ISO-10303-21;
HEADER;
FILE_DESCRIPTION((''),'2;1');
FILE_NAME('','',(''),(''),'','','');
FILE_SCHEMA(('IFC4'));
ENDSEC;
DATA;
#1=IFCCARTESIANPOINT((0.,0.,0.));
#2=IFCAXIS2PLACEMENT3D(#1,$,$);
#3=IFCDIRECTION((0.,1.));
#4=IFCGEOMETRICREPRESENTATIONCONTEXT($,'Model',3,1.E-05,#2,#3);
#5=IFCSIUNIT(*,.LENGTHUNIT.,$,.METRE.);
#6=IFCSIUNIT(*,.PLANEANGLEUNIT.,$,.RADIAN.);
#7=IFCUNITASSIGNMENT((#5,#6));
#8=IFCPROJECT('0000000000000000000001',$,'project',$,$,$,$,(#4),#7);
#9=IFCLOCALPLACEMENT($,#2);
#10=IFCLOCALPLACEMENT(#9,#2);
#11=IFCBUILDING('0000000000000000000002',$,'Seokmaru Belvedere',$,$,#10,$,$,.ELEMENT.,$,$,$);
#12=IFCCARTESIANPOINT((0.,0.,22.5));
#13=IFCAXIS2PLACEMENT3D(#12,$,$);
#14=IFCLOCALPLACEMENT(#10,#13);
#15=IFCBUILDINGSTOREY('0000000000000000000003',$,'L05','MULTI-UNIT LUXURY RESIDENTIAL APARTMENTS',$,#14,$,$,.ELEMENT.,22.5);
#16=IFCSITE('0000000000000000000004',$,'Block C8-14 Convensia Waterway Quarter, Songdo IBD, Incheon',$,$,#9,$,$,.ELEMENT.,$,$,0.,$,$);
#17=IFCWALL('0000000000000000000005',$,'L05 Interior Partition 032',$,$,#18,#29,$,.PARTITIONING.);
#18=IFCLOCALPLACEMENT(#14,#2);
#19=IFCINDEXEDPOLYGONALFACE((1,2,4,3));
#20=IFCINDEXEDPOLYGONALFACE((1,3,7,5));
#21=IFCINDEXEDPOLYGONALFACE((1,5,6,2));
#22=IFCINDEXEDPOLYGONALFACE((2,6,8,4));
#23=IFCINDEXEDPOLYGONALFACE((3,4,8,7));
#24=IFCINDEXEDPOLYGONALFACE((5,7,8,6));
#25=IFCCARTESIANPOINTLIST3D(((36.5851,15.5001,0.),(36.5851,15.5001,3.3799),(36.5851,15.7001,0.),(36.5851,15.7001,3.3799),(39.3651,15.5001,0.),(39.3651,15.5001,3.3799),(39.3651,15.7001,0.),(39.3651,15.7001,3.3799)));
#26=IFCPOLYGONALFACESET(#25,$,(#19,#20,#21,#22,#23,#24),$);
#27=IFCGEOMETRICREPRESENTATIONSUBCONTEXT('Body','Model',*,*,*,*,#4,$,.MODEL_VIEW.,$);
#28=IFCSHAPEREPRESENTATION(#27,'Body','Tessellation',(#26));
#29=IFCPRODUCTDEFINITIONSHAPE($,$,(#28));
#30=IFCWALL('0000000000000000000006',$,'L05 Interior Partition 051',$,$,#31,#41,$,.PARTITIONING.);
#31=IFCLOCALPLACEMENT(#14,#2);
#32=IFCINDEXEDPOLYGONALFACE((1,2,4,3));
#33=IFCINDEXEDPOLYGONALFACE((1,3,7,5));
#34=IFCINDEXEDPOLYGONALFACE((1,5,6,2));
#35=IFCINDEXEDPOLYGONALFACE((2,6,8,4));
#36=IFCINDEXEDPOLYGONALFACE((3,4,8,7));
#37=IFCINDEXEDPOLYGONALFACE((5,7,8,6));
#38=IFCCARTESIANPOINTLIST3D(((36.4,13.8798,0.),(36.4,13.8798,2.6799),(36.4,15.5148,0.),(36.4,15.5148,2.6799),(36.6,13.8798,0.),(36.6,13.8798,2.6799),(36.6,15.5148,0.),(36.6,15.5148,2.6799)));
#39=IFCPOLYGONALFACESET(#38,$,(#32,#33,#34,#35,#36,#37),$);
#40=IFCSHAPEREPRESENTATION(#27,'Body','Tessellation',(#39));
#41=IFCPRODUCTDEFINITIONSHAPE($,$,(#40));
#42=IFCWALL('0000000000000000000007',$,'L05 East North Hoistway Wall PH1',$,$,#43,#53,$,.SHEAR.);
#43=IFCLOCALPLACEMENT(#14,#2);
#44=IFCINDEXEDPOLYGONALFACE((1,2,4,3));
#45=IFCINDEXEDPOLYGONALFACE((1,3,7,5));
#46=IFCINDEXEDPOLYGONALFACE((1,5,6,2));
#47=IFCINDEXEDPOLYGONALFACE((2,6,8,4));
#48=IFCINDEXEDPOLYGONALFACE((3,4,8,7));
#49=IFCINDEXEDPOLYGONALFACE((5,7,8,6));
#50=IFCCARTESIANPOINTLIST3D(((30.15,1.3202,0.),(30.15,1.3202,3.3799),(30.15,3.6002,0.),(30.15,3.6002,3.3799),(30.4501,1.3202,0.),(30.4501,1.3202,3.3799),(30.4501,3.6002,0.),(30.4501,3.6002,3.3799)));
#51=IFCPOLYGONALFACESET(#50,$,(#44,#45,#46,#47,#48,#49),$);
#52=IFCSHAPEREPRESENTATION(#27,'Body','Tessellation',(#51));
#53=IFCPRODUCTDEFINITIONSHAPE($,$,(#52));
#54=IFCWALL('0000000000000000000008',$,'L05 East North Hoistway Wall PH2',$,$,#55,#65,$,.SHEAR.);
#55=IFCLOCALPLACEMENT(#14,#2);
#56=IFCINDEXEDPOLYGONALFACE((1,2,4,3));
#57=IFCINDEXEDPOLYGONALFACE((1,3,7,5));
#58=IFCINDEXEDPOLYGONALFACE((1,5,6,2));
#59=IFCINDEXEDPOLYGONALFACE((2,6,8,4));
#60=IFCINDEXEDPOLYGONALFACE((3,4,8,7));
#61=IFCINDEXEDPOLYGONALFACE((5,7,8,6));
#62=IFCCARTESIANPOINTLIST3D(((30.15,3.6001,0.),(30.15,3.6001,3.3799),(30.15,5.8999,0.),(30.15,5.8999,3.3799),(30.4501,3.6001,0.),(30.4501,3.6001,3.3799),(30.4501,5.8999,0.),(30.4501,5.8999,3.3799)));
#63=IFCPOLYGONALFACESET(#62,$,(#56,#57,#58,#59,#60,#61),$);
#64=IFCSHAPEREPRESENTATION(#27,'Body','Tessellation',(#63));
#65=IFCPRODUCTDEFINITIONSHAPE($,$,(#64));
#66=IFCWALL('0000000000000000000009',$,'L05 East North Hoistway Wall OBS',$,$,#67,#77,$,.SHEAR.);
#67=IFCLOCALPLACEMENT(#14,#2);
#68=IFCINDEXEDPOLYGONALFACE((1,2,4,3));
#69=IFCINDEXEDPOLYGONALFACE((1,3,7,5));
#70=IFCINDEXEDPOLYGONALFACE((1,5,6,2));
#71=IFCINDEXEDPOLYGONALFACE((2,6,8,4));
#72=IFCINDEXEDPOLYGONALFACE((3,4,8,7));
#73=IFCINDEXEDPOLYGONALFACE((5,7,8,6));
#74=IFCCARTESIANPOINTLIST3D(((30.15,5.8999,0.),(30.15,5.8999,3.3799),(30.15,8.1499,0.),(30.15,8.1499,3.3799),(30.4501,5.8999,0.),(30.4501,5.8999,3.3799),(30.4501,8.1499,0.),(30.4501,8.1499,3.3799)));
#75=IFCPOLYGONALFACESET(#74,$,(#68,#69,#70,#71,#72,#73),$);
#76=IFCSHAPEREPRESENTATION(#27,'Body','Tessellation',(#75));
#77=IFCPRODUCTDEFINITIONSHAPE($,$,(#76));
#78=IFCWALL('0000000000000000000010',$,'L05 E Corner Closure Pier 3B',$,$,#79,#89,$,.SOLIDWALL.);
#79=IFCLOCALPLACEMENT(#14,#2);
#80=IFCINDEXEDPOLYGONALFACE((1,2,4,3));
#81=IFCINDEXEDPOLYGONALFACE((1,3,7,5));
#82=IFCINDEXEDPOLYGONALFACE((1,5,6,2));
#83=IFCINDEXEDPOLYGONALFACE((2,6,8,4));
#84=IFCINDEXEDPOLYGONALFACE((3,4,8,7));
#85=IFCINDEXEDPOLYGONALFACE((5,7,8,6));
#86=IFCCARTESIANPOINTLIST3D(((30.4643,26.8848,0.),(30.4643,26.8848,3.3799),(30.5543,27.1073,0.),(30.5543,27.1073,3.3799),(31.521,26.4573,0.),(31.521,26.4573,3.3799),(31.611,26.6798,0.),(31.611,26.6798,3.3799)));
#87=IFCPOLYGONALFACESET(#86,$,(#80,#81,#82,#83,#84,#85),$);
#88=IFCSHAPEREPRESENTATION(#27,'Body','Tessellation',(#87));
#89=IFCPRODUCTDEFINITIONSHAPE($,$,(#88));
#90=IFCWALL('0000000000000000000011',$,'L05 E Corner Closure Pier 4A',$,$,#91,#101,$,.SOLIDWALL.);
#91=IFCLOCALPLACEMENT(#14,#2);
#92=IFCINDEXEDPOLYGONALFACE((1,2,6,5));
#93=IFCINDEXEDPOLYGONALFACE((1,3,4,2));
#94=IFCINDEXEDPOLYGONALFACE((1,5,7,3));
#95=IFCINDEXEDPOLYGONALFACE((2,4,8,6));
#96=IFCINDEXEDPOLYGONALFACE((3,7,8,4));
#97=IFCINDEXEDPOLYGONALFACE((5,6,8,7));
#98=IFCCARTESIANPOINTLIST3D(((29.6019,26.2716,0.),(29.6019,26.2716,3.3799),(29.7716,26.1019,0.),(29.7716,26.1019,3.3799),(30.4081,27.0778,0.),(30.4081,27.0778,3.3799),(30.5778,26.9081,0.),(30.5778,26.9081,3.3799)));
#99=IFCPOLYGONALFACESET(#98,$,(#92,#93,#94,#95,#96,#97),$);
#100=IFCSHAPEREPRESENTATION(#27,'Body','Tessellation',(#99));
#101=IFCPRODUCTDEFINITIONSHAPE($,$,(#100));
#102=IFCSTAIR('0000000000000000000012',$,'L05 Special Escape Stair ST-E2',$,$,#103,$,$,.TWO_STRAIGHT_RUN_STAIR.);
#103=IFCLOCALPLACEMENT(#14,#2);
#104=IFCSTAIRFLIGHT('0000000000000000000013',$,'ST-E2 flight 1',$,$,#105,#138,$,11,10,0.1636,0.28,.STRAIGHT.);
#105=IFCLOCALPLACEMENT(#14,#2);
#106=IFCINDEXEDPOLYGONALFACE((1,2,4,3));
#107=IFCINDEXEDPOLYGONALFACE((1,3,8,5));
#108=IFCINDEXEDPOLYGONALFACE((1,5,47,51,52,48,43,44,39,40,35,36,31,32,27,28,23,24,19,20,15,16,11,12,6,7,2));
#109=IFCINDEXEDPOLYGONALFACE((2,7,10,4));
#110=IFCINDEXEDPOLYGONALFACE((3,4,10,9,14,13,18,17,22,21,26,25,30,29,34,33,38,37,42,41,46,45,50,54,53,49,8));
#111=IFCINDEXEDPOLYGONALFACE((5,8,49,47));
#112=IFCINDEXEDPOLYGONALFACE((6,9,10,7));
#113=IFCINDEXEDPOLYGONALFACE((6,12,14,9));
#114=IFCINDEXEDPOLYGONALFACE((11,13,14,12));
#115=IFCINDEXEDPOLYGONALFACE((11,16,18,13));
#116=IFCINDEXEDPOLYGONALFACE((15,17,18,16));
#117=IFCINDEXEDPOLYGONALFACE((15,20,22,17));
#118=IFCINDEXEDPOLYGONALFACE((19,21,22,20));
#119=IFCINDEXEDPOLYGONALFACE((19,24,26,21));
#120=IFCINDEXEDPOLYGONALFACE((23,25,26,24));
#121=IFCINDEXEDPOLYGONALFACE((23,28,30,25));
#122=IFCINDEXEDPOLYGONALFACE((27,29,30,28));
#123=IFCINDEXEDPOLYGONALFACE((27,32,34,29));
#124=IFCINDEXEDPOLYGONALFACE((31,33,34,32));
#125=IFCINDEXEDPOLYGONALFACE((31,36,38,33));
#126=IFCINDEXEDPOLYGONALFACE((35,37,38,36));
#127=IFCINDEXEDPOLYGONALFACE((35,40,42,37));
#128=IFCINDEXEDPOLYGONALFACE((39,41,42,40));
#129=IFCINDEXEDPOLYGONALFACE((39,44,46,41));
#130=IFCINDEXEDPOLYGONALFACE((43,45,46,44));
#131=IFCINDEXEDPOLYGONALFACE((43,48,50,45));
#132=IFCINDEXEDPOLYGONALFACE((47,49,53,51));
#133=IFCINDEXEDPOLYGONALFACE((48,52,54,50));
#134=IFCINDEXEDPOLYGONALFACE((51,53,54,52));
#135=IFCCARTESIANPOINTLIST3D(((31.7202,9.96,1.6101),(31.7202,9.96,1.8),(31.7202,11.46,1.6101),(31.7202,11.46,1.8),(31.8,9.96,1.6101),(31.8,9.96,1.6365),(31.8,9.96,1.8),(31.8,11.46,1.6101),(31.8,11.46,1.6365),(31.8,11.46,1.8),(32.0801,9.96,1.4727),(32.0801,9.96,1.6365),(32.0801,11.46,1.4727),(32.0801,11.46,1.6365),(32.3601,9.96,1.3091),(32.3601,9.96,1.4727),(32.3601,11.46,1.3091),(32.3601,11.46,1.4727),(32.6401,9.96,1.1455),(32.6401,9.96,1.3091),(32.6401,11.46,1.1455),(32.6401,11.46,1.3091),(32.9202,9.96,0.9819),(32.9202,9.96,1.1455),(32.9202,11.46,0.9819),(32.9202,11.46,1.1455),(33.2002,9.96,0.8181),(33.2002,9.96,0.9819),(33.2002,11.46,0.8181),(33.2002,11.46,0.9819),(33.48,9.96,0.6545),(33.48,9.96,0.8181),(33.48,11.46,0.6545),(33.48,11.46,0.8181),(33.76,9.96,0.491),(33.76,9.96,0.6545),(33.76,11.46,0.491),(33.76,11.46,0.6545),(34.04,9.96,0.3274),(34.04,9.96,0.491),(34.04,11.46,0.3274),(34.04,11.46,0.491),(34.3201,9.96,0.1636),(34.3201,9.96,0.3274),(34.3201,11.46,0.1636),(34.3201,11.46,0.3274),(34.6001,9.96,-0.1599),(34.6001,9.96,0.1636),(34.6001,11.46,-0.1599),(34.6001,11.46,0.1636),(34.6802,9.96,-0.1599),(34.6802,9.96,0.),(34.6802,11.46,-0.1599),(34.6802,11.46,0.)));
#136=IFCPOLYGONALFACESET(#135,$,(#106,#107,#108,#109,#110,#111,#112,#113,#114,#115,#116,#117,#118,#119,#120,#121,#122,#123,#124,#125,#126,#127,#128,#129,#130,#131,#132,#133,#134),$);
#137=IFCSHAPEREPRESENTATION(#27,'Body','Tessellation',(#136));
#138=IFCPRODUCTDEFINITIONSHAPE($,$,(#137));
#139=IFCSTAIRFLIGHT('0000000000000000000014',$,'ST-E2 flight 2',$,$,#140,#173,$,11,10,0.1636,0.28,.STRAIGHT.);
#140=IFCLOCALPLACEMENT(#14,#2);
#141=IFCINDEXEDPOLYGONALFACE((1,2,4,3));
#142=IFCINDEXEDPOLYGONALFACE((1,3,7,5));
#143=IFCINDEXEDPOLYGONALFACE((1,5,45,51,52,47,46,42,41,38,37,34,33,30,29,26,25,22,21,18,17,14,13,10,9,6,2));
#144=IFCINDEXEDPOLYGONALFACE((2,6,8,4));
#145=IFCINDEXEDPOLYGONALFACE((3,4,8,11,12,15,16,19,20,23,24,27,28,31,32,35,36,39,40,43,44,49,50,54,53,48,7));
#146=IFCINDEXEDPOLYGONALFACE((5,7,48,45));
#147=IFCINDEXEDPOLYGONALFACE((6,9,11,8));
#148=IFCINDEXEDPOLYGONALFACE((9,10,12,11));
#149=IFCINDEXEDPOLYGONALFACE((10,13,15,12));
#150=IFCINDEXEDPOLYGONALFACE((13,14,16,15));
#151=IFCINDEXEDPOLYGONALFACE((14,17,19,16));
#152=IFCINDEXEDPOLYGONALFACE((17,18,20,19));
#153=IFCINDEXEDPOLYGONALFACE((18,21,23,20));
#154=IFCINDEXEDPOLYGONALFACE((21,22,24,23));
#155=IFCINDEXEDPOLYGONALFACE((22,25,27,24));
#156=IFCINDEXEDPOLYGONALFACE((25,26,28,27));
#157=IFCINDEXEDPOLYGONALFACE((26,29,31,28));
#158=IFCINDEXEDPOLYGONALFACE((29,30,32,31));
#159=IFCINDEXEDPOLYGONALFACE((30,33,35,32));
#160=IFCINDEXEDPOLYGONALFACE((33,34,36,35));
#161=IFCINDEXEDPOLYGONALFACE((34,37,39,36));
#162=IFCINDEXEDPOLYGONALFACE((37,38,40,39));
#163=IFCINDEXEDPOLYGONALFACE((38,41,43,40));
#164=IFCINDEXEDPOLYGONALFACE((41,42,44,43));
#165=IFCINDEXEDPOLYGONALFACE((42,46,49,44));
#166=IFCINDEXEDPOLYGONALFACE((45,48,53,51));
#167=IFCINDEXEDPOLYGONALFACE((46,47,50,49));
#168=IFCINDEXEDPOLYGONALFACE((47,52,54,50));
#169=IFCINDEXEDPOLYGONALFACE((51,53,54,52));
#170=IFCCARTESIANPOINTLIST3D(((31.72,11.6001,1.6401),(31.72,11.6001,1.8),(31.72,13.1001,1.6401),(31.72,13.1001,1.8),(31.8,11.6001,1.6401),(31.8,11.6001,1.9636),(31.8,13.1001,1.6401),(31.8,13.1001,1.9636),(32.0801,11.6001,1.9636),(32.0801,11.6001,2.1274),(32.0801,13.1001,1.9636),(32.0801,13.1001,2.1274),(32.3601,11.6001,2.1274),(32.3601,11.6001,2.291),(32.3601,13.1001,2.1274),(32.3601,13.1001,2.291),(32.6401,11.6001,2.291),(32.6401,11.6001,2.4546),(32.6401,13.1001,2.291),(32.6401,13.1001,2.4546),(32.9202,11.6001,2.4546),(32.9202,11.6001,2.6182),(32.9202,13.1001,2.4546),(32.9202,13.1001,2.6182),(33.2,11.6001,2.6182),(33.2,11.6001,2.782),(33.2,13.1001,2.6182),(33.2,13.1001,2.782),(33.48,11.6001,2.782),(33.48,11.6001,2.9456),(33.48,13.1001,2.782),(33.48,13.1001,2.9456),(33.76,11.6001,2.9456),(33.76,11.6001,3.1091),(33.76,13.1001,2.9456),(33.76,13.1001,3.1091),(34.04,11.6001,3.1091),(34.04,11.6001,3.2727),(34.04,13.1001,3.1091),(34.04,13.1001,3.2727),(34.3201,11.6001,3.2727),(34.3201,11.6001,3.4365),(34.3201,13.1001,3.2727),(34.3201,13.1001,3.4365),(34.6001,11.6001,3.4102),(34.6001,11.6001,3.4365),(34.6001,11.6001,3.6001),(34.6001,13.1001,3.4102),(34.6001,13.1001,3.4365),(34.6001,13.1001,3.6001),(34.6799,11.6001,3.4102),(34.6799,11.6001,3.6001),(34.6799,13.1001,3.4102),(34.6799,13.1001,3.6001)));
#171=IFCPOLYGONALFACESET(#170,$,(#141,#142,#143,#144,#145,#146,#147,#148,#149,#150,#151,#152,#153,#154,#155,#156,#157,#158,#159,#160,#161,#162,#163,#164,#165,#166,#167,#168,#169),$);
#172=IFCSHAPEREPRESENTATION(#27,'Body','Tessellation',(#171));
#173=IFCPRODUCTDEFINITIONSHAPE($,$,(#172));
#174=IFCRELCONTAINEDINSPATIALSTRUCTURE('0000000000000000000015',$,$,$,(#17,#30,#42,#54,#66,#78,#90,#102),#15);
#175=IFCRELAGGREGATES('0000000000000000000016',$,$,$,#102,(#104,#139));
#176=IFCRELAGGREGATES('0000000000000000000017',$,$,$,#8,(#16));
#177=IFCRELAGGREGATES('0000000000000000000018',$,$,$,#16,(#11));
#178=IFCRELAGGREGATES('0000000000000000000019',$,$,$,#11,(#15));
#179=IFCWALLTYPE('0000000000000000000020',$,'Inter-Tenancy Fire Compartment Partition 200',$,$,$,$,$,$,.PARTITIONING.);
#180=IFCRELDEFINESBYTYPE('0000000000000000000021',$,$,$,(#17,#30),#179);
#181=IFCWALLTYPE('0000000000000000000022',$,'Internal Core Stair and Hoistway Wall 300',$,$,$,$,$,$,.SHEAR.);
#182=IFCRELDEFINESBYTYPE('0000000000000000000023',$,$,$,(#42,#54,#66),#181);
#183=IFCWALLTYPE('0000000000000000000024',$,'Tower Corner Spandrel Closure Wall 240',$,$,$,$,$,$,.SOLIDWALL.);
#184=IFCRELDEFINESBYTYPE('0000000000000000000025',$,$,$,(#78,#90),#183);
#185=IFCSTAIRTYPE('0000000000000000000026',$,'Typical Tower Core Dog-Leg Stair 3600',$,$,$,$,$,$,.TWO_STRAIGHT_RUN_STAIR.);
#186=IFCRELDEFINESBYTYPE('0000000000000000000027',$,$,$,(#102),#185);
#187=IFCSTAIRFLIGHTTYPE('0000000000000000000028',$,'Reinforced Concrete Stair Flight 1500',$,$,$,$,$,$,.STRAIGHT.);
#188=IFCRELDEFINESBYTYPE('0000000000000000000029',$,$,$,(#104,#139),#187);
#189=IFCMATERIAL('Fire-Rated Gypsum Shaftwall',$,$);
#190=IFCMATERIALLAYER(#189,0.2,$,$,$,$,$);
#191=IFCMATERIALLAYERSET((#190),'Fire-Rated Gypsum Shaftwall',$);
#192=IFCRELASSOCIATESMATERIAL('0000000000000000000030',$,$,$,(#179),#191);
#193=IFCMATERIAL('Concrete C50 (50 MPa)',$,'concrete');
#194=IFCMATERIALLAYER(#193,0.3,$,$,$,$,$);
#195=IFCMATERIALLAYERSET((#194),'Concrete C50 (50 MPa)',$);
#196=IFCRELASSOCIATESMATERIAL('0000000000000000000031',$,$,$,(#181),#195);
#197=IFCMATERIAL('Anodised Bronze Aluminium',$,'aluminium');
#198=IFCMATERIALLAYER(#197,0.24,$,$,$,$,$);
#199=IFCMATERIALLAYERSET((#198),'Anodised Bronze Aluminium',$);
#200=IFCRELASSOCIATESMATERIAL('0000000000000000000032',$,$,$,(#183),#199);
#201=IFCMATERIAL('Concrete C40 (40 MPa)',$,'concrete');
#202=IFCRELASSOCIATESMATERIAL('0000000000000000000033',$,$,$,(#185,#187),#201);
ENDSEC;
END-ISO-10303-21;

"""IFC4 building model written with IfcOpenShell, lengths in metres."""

from ifc_helpers import new_model, si_unit, direction, frame, frame_2d, origin, place, context, subcontext, project, spatial, polyline, rectangle, outline, extrude, material, layer, layer_set, type_object, element, aggregate, save


model = new_model("IFC4")

# Units and contexts
model_context = context("Model", 3, precision=1e-05, world=origin(), true_north=direction((0.0, 1.0)))
body_context = subcontext(model_context, "Body", "Model", "MODEL_VIEW")
ifc_project = project(units=[si_unit("LENGTHUNIT", "METRE"), si_unit("PLANEANGLEUNIT", "RADIAN")], contexts=[model_context])

# Site, building, storey
site_placement = place(None, origin())
site = spatial("IfcSite", under=ifc_project, at=site_placement, Name="Block C8-14 Convensia Waterway Quarter, Songdo IBD, Incheon", CompositionType="ELEMENT", RefElevation=0.0)
building_placement = place(site_placement, origin())
building = spatial("IfcBuilding", under=site, at=building_placement, Name="Seokmaru Belvedere", CompositionType="ELEMENT")
storey_placement = place(building_placement, frame((0.0, 0.0, 22.5)))
storey = spatial("IfcBuildingStorey", under=building, at=storey_placement, Name="L05", Description="MULTI-UNIT LUXURY RESIDENTIAL APARTMENTS", CompositionType="ELEMENT", Elevation=22.5)

# Shared definitions
ifc_material_1 = material(Name="Anodised Bronze Aluminium", Category="aluminium")

# Shared definitions
ifc_material_2 = material(Name="Fire-Rated Gypsum Shaftwall")

# Walls
ifc_layer_1 = layer(ifc_material_2, 0.2)
ifc_layer_set_1 = layer_set([ifc_layer_1], Name="Fire-Rated Gypsum Shaftwall")
wall_type_1 = type_object("IfcWallType", Name="Inter-Tenancy Fire Compartment Partition 200", PredefinedType="PARTITIONING", material=ifc_layer_set_1)
wall_1_placement = place(storey_placement, frame((36.585, 15.6001, 0.0), z_axis=(0.0, 0.0, 1.0), x_axis=(1.0, 0.0, 0.0)))
element("IfcWall", 1, at=wall_1_placement, inside=storey, type_object=wall_type_1, Name="L05 Interior Partition 032", PredefinedType="PARTITIONING", context=body_context, shape_type="SweptSolid", body=[
    extrude(rectangle(XDim=2.78, YDim=0.2, at=frame_2d((1.3901, 0.0))), origin(), (0.0, 0.0, 1.0), 3.3799),
])
wall_2_placement = place(storey_placement, frame((36.5, 13.8799, 0.0), z_axis=(0.0, 0.0, 1.0), x_axis=(0.0, 1.0, 0.0)))
element("IfcWall", 2, at=wall_2_placement, inside=storey, type_object=wall_type_1, Name="L05 Interior Partition 051", PredefinedType="PARTITIONING", context=body_context, shape_type="SweptSolid", body=[
    extrude(rectangle(XDim=1.635, YDim=0.2, at=frame_2d((0.8174, 0.0))), origin(), (0.0, 0.0, 1.0), 2.6799),
])
ifc_material_3 = material(Name="Concrete C50 (50 MPa)", Category="concrete")
ifc_layer_2 = layer(ifc_material_3, 0.3)
ifc_layer_set_2 = layer_set([ifc_layer_2], Name="Concrete C50 (50 MPa)")
wall_type_2 = type_object("IfcWallType", Name="Internal Core Stair and Hoistway Wall 300", PredefinedType="SHEAR", material=ifc_layer_set_2)
wall_3_placement = place(storey_placement, frame((30.3, 1.3201, 0.0), z_axis=(0.0, 0.0, 1.0), x_axis=(0.0, 1.0, 0.0)))
element("IfcWall", 3, at=wall_3_placement, inside=storey, type_object=wall_type_2, Name="L05 East North Hoistway Wall PH1", PredefinedType="SHEAR", context=body_context, shape_type="SweptSolid", body=[
    extrude(rectangle(XDim=2.28, YDim=0.3, at=frame_2d((1.1401, 0.0))), origin(), (0.0, 0.0, 1.0), 3.3799),
])
wall_4_placement = place(storey_placement, frame((30.3, 3.6001, 0.0), z_axis=(0.0, 0.0, 1.0), x_axis=(0.0, 1.0, 0.0)))
element("IfcWall", 4, at=wall_4_placement, inside=storey, type_object=wall_type_2, Name="L05 East North Hoistway Wall PH2", PredefinedType="SHEAR", context=body_context, shape_type="SweptSolid", body=[
    extrude(rectangle(XDim=2.2998, YDim=0.3, at=frame_2d((1.1499, 0.0))), origin(), (0.0, 0.0, 1.0), 3.3799),
])
wall_5_placement = place(storey_placement, frame((30.3, 5.8999, 0.0), z_axis=(0.0, 0.0, 1.0), x_axis=(0.0, 1.0, 0.0)))
element("IfcWall", 5, at=wall_5_placement, inside=storey, type_object=wall_type_2, Name="L05 East North Hoistway Wall OBS", PredefinedType="SHEAR", context=body_context, shape_type="SweptSolid", body=[
    extrude(rectangle(XDim=2.25, YDim=0.3, at=frame_2d((1.125, 0.0))), origin(), (0.0, 0.0, 1.0), 3.3799),
])

# Walls
ifc_layer_3 = layer(ifc_material_1, 0.24)
ifc_layer_set_3 = layer_set([ifc_layer_3], Name="Anodised Bronze Aluminium")
wall_type_3 = type_object("IfcWallType", Name="Tower Corner Spandrel Closure Wall 240", PredefinedType="SOLIDWALL", material=ifc_layer_set_3)
wall_6_placement = place(storey_placement, frame((31.5659, 26.5686, 0.0), z_axis=(0.0, 0.0, 1.0), x_axis=(-0.927007, 0.375044, 0.0)))
element("IfcWall", 6, at=wall_6_placement, inside=storey, type_object=wall_type_3, Name="L05 E Corner Closure Pier 3B", PredefinedType="SOLIDWALL", context=body_context, shape_type="SweptSolid", body=[
    extrude(rectangle(XDim=1.1399, YDim=0.24, at=frame_2d((0.5698, 0.0))), origin(), (0.0, 0.0, 1.0), 3.3799),
])
wall_7_placement = place(storey_placement, frame((30.4929, 26.9929, 0.0), z_axis=(0.0, 0.0, 1.0), x_axis=(-0.707107, -0.707107, 0.0)))
element("IfcWall", 7, at=wall_7_placement, inside=storey, type_object=wall_type_3, Name="L05 E Corner Closure Pier 4A", PredefinedType="SOLIDWALL", context=body_context, shape_type="SweptSolid", body=[
    extrude(rectangle(XDim=1.1401, YDim=0.24, at=frame_2d((0.5701, 0.0))), origin(), (0.0, 0.0, 1.0), 3.3799),
])

# Stair, stair flights
ifc_material_4 = material(Name="Concrete C40 (40 MPa)", Category="concrete")
stair_type = type_object("IfcStairType", Name="Typical Tower Core Dog-Leg Stair 3600", PredefinedType="TWO_STRAIGHT_RUN_STAIR", material=ifc_material_4)
stair_placement = place(storey_placement, origin())
stair = element("IfcStair", 8, at=stair_placement, inside=storey, type_object=stair_type, Name="L05 Special Escape Stair ST-E2", PredefinedType="TWO_STRAIGHT_RUN_STAIR")
stair_flight_type = type_object("IfcStairFlightType", Name="Reinforced Concrete Stair Flight 1500", PredefinedType="STRAIGHT", material=ifc_material_4)
stair_flight_1_placement = place(storey_placement, frame((34.6001, 10.71, 0.0), z_axis=(0.0, 0.0, 1.0), x_axis=(-1.0, 0.0, 0.0)))
stair_flight_1 = element("IfcStairFlight", 9, at=stair_flight_1_placement, type_object=stair_flight_type, Name="ST-E2 flight 1", NumberOfRisers=11, NumberOfTreads=10, PredefinedType="STRAIGHT", RiserHeight=0.1636, TreadLength=0.28, context=body_context, shape_type="SweptSolid", body=[
    extrude(outline(polyline([(-0.0801, 0.0), (0.0, 0.1636), (0.28, 0.1636), (0.28, 0.3274), (0.5601, 0.3274), (0.5601, 0.491), (0.8401, 0.491), (0.8401, 0.6545), (1.1201, 0.6545), (1.1201, 0.8181), (1.3999, 0.8181), (1.3999, 0.9819), (1.6799, 0.9819), (1.6799, 1.1455), (1.96, 1.1455), (1.96, 1.3091), (2.24, 1.3091), (2.24, 1.4727), (2.52, 1.4727), (2.52, 1.6365), (2.8, 1.6365), (2.8, 1.8), (2.8799, 1.8), (2.8799, 1.6101), (2.8, 1.6101), (0.0, -0.1599), (-0.0801, -0.1599), (-0.0801, 0.0)])), frame((0.0, 0.75, 0.0), z_axis=(0.0, -1.0, 0.0), x_axis=(1.0, 0.0, 0.0)), (0.0, 0.0, 1.0), 1.5),
])
stair_flight_2_placement = place(storey_placement, frame((31.8, 12.3501, 1.8), z_axis=(0.0, 0.0, 1.0), x_axis=(1.0, 0.0, 0.0)))
stair_flight_2 = element("IfcStairFlight", 10, at=stair_flight_2_placement, type_object=stair_flight_type, Name="ST-E2 flight 2", NumberOfRisers=11, NumberOfTreads=10, PredefinedType="STRAIGHT", RiserHeight=0.1636, TreadLength=0.28, context=body_context, shape_type="SweptSolid", body=[
    extrude(outline(polyline([(-0.0801, 0.0), (0.0, 0.1636), (0.28, 0.1636), (0.28, 0.3274), (0.5601, 0.3274), (0.5601, 0.491), (0.8401, 0.491), (0.8401, 0.6545), (1.1201, 0.6545), (1.1201, 0.8181), (1.3999, 0.8181), (1.3999, 0.9819), (1.6799, 0.9819), (1.6799, 1.1455), (1.96, 1.1455), (1.96, 1.3091), (2.24, 1.3091), (2.24, 1.4727), (2.52, 1.4727), (2.52, 1.6365), (2.8, 1.6365), (2.8, 1.8), (2.8799, 1.8), (2.8799, 1.6101), (2.8, 1.6101), (0.0, -0.1599), (-0.0801, -0.1599), (-0.0801, 0.0)])), frame((0.0, 0.75, 0.0), z_axis=(0.0, -1.0, 0.0), x_axis=(1.0, 0.0, 0.0)), (0.0, 0.0, 1.0), 1.5),
])
aggregate(stair, [stair_flight_1, stair_flight_2])

save(model, "model.ifc")
